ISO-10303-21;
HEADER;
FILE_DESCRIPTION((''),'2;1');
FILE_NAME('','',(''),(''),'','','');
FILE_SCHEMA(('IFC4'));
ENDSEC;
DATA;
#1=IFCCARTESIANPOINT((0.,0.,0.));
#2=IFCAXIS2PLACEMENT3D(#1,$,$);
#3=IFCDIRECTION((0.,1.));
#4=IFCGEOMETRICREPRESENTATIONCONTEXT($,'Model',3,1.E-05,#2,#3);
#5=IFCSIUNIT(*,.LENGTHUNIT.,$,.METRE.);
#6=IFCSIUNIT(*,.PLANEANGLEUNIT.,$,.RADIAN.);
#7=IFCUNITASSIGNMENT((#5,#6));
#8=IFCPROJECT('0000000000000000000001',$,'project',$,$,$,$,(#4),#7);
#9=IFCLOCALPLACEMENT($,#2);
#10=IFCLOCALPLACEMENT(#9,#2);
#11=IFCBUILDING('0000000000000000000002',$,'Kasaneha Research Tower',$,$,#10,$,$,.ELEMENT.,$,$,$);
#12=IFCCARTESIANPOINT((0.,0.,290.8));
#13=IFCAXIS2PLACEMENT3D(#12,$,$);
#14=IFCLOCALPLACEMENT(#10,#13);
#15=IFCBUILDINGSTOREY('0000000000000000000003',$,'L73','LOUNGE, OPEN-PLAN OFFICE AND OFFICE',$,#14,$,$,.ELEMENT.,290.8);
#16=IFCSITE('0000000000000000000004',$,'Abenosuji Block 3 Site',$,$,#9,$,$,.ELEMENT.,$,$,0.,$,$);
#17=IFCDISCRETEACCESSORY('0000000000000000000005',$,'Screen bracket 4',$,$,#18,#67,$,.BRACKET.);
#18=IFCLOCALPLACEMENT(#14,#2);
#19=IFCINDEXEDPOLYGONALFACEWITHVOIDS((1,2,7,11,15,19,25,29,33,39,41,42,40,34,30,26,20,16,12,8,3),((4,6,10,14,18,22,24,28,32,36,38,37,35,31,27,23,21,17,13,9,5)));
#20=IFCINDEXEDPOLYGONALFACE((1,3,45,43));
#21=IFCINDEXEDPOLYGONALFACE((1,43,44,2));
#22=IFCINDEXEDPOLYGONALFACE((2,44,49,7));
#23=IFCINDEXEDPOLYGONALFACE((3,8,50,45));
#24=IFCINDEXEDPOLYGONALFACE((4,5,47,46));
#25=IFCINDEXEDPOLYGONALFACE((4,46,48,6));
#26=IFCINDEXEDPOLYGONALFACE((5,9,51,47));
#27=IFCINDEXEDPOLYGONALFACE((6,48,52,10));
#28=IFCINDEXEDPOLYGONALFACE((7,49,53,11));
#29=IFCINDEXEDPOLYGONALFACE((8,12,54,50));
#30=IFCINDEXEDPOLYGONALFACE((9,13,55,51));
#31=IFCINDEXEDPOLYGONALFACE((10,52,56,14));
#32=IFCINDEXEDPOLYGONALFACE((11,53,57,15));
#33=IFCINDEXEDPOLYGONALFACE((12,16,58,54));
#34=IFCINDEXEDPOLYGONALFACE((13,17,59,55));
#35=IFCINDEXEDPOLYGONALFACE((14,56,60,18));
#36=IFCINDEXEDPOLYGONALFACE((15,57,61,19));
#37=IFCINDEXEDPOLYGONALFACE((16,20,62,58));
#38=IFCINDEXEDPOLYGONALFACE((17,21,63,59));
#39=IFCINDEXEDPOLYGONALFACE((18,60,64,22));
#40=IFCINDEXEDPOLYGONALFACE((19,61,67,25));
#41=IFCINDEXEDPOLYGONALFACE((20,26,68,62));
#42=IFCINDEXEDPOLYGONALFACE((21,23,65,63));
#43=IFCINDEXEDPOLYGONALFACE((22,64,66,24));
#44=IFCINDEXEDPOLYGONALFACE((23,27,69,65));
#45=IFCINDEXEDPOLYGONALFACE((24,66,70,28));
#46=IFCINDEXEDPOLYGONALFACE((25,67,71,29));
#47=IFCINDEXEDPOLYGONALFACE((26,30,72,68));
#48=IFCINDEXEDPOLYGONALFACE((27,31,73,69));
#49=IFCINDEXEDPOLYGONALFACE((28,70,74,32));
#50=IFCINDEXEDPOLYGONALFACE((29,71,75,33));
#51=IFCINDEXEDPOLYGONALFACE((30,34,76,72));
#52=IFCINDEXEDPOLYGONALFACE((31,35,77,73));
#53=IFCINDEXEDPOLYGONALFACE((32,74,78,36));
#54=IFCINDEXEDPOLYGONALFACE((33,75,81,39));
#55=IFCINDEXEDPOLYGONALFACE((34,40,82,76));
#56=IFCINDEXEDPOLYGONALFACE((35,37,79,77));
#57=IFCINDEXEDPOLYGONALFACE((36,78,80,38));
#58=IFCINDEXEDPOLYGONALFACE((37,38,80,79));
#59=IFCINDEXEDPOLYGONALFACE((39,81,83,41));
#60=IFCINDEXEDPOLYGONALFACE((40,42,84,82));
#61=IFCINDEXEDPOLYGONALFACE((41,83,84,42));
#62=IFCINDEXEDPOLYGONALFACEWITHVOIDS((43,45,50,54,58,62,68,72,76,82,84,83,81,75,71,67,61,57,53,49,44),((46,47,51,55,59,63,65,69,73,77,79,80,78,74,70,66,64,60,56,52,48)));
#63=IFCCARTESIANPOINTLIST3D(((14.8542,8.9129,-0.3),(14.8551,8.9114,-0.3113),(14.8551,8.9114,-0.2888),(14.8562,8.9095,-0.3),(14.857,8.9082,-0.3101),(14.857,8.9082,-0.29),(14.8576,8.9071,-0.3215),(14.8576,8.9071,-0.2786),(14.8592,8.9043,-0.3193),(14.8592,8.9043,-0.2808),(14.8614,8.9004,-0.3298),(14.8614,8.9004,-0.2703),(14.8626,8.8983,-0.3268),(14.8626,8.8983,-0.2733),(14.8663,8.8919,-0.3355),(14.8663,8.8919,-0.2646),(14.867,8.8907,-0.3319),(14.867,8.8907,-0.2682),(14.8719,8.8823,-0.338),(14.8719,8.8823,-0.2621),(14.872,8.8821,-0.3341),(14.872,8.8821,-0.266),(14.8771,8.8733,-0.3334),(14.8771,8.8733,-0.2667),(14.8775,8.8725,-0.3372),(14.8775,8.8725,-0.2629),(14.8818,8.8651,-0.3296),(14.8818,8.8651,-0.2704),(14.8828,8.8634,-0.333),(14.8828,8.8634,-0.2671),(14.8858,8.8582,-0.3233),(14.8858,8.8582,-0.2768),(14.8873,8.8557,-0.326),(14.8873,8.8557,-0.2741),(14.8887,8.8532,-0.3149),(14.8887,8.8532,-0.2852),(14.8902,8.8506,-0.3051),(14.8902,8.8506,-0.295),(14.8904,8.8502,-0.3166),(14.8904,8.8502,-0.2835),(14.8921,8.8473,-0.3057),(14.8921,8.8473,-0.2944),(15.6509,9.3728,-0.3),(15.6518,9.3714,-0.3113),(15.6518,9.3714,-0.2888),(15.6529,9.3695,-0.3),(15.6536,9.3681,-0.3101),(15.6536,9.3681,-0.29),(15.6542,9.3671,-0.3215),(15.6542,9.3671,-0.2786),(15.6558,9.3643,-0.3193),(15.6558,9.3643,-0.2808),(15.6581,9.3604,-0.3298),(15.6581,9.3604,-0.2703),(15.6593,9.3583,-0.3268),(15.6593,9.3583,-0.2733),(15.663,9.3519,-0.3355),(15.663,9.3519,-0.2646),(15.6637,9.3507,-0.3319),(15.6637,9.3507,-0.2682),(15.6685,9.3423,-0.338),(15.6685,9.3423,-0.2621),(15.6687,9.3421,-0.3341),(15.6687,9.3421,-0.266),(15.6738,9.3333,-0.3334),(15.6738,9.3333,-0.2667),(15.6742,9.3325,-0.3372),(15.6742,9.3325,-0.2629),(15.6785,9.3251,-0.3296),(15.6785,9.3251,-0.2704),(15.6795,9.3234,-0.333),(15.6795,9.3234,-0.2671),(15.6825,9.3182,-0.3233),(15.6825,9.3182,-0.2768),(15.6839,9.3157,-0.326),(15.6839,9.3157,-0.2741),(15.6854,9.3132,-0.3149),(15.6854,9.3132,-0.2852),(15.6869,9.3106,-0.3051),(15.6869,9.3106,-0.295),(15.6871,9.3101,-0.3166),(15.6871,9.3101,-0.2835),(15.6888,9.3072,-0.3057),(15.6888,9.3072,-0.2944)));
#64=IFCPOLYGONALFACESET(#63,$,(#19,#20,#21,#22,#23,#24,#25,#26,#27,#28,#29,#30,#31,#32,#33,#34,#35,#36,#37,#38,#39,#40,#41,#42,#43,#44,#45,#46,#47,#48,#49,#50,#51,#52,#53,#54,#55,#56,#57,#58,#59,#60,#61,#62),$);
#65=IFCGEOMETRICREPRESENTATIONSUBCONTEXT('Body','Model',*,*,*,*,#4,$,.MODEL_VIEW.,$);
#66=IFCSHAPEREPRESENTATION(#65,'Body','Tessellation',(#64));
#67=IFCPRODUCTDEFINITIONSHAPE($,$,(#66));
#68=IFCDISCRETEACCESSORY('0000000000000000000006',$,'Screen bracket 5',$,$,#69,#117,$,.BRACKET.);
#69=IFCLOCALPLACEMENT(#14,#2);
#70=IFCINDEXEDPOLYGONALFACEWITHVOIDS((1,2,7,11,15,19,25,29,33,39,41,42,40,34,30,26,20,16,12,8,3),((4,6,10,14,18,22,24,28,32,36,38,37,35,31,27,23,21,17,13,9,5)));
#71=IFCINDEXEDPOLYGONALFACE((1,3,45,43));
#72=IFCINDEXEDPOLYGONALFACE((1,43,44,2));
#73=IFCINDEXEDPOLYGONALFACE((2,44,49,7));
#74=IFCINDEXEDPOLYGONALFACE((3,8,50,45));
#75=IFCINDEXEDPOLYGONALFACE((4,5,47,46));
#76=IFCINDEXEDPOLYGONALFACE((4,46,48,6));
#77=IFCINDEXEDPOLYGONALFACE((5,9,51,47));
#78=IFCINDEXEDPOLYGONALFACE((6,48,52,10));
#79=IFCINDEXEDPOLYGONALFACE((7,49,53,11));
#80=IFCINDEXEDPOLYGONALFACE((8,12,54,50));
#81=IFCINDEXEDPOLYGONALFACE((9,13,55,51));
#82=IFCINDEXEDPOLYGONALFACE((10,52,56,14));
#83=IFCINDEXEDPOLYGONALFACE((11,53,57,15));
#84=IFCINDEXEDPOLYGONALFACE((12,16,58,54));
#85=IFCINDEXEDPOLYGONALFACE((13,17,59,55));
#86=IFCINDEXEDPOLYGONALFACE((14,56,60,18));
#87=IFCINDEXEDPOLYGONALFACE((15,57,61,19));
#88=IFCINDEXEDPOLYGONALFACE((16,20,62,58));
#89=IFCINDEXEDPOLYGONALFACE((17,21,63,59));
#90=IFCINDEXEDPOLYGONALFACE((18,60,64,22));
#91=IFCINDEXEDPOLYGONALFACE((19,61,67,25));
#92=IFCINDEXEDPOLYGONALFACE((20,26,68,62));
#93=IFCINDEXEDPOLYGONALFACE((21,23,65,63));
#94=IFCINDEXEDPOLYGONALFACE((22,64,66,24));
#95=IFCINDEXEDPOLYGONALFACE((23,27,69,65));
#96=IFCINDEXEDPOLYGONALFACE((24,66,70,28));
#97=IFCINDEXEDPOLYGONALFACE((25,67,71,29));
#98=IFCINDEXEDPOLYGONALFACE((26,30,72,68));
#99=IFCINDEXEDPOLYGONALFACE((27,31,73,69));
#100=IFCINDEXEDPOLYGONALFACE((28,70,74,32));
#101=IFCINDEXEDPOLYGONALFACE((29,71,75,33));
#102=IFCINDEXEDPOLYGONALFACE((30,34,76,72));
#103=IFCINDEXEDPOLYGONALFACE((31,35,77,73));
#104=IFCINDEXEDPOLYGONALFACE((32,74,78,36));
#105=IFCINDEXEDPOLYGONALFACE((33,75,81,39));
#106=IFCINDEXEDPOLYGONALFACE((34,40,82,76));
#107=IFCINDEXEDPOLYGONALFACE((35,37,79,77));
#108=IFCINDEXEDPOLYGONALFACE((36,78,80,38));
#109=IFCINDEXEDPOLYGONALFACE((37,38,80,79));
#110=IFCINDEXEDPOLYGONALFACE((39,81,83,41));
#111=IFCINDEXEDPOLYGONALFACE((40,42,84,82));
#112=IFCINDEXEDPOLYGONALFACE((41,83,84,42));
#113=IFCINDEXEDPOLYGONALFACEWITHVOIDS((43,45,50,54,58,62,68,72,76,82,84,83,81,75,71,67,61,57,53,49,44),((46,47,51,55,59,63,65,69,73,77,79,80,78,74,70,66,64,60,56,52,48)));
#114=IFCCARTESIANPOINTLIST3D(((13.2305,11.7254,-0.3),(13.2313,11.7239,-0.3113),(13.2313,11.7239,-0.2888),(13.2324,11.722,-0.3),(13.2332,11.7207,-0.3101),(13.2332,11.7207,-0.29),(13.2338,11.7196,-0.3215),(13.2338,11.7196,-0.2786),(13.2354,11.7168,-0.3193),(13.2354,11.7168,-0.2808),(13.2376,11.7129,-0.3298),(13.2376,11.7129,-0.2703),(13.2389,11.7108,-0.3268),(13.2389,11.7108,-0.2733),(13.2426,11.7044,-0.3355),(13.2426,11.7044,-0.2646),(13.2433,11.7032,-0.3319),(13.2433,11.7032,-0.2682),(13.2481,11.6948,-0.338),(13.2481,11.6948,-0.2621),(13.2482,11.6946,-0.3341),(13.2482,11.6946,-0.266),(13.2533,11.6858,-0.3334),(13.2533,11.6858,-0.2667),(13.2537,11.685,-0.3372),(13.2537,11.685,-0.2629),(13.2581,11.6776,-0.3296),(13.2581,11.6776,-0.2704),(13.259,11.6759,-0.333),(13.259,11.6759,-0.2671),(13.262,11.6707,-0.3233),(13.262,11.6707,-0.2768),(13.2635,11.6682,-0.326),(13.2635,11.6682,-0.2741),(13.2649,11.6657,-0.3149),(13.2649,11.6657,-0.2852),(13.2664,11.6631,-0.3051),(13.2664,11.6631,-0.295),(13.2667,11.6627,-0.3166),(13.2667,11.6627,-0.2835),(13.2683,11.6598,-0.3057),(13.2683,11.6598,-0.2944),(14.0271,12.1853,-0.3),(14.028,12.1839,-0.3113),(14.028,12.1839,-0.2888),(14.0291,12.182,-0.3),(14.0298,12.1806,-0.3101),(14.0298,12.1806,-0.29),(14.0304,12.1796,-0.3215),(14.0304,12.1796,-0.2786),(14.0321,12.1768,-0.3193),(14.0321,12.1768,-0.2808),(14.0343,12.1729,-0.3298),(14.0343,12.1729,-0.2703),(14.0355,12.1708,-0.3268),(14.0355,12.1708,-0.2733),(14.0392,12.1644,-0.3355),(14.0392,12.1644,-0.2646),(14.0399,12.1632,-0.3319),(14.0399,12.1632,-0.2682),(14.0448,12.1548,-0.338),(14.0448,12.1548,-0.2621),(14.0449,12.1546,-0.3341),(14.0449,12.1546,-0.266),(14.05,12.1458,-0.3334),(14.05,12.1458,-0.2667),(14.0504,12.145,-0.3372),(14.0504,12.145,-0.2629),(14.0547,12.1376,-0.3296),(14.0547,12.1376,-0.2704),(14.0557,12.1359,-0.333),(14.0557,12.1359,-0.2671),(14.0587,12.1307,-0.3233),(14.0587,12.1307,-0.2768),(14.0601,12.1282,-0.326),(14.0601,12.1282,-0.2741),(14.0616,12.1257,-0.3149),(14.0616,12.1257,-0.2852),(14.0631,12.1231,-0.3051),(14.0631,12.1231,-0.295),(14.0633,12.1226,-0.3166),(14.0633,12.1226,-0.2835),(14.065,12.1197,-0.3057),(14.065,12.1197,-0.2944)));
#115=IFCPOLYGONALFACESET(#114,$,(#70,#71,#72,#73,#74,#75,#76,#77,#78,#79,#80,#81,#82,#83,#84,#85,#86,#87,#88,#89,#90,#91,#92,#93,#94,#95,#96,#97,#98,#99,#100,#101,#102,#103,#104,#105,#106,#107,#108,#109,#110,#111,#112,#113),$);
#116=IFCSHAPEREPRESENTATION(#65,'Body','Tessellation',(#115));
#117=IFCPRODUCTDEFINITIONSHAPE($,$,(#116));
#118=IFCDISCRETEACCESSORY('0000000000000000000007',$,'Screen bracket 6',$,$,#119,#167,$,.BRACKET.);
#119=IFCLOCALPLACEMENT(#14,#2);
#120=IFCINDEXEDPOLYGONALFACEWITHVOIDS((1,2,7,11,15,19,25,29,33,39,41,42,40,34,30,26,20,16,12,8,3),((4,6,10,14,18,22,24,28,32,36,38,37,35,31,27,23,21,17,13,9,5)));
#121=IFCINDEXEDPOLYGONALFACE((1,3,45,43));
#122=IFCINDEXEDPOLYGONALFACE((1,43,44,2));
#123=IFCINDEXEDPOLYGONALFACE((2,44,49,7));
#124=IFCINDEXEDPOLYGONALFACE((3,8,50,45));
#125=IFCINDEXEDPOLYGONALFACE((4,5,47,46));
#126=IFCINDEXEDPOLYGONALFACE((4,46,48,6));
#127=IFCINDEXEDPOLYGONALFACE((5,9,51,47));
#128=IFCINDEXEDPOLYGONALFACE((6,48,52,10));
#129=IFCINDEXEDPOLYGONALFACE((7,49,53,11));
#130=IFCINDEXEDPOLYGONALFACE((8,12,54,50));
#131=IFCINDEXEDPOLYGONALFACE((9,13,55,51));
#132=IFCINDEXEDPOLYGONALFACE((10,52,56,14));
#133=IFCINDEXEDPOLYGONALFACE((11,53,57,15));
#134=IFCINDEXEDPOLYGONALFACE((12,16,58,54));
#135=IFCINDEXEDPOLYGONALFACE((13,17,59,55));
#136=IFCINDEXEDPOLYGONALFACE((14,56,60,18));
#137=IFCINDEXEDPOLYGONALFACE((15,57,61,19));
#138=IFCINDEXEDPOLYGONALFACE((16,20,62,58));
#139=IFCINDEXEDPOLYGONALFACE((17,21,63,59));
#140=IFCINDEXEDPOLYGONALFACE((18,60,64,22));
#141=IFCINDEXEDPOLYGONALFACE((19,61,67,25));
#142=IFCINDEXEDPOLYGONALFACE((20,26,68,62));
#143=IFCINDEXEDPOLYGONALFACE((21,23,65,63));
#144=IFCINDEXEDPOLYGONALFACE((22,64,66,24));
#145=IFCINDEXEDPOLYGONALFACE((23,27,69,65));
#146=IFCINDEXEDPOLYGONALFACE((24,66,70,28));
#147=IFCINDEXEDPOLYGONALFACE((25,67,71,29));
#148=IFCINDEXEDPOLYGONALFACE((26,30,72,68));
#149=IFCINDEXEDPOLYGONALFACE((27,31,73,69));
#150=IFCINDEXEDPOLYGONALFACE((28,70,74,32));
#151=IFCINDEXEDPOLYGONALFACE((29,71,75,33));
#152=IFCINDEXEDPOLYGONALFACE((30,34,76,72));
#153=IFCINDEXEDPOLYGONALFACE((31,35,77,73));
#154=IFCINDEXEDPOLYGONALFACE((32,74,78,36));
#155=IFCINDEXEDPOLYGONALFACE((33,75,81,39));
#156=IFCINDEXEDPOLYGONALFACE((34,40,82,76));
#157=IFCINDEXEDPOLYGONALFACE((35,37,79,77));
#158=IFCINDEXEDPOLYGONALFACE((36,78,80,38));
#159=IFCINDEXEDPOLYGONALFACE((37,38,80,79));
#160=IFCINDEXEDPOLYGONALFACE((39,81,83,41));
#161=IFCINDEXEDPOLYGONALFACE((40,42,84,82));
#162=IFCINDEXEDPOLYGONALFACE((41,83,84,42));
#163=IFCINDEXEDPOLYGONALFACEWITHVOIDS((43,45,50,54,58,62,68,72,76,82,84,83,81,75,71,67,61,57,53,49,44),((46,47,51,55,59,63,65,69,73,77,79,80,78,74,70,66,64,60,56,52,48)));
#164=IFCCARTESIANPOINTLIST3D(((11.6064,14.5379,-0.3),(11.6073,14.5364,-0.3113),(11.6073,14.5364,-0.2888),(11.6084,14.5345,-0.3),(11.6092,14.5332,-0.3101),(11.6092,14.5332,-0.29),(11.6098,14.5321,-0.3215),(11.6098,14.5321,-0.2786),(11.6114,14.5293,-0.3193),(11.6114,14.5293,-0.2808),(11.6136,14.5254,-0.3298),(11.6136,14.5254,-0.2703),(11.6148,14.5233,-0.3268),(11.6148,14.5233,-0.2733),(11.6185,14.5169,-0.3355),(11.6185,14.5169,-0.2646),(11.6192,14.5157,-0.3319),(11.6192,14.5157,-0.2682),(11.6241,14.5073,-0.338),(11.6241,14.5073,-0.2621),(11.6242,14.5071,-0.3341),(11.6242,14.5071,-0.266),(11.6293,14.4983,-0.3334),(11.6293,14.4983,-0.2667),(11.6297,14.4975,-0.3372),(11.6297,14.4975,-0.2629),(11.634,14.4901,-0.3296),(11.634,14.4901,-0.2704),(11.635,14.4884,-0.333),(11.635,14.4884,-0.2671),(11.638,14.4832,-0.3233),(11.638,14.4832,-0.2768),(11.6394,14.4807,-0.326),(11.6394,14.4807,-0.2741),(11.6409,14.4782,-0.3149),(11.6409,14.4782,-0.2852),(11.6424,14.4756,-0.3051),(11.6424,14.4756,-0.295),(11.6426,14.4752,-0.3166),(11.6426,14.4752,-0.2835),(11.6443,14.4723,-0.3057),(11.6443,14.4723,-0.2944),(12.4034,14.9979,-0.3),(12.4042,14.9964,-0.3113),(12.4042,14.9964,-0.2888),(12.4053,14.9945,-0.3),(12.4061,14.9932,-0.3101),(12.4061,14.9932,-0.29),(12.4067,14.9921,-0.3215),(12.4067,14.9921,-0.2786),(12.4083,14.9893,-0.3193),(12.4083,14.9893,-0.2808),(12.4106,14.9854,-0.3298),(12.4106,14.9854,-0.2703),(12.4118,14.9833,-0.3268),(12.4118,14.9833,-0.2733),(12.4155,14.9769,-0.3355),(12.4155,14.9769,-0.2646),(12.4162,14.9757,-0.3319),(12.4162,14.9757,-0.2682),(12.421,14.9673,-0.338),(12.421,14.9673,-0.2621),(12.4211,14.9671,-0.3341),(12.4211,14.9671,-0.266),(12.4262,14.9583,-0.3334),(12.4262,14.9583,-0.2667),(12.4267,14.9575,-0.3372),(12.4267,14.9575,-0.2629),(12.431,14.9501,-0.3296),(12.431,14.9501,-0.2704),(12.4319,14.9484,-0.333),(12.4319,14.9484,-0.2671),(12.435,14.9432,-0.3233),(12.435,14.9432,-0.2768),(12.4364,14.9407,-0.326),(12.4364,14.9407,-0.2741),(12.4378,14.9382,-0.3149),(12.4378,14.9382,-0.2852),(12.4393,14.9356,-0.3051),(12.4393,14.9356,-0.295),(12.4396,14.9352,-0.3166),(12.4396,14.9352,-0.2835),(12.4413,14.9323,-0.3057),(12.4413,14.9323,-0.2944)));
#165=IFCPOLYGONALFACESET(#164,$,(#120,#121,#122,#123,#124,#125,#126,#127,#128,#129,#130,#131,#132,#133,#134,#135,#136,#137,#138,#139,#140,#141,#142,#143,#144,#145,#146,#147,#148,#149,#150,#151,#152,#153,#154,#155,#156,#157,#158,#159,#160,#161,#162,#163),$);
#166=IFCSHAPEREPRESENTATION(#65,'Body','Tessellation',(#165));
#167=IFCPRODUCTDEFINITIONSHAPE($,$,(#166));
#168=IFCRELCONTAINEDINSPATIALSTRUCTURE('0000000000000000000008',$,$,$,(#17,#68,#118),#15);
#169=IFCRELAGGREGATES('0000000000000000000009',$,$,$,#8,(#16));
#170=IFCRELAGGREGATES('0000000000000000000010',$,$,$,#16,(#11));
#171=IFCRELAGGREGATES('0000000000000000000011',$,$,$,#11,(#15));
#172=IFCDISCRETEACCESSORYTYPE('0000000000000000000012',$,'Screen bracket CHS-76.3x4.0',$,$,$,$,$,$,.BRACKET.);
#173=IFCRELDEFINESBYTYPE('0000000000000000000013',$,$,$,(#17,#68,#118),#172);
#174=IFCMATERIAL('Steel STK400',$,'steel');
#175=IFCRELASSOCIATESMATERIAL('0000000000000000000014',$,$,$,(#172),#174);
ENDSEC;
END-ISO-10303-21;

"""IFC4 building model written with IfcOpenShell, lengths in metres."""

from ifc_helpers import new_model, si_unit, direction, frame, origin, origin_2d, place, context, subcontext, project, spatial, hollow_circle, extrude, material, material_profile, profile_set, type_object, element, save


model = new_model("IFC4")

# Units and contexts
model_context = context("Model", 3, precision=1e-05, world=origin(), true_north=direction((0.0, 1.0)))
body_context = subcontext(model_context, "Body", "Model", "MODEL_VIEW")
ifc_project = project(units=[si_unit("LENGTHUNIT", "METRE"), si_unit("PLANEANGLEUNIT", "RADIAN")], contexts=[model_context])

# Site, building, storey
site_placement = place(None, origin())
site = spatial("IfcSite", under=ifc_project, at=site_placement, Name="Abenosuji Block 3 Site", CompositionType="ELEMENT", RefElevation=0.0)
building_placement = place(site_placement, origin())
building = spatial("IfcBuilding", under=site, at=building_placement, Name="Kasaneha Research Tower", CompositionType="ELEMENT")
storey_placement = place(building_placement, frame((0.0, 0.0, 290.8)))
storey = spatial("IfcBuildingStorey", under=building, at=storey_placement, Name="L73", Description="LOUNGE, OPEN-PLAN OFFICE AND OFFICE", CompositionType="ELEMENT", Elevation=290.8)

# Discrete accessories
ifc_material_1 = material(Name="Steel STK400", Category="steel")
ifc_material_profile_1 = material_profile(ifc_material_1, hollow_circle(Radius=0.0381, WallThickness=0.0039, at=origin_2d()), Name="CHS-76.3x4.0")
ifc_profile_set_1 = profile_set([ifc_material_profile_1], Name="Steel STK400")
discrete_accessory_type = type_object("IfcDiscreteAccessoryType", Name="Screen bracket CHS-76.3x4.0", PredefinedType="BRACKET", material=ifc_profile_set_1)
for number, where, z_axis, x_axis, name in (
    (1, (14.8733, 8.8799, -0.3), (0.866013, 0.500021, 0.0), (-0.500021, 0.866013, 0.0), "Screen bracket 4"),
    (2, (13.2495, 11.6924, -0.3), (0.866013, 0.500021, 0.0), (-0.500021, 0.866013, 0.0), "Screen bracket 5"),
):
    element("IfcDiscreteAccessory", number, at=place(storey_placement, frame(where, z_axis=z_axis, x_axis=x_axis)), inside=storey, type_object=discrete_accessory_type, Name=name, PredefinedType="BRACKET", context=body_context, shape_type="SweptSolid", body=[
        extrude(hollow_circle(Radius=0.0381, WallThickness=0.0039, at=origin_2d()), origin(), (0.0, 0.0, 1.0), 0.9199),
    ])
discrete_accessory_placement = place(storey_placement, frame((11.6255, 14.5049, -0.3), z_axis=(0.86608, 0.499906, 0.0), x_axis=(-0.499906, 0.86608, 0.0)))
element("IfcDiscreteAccessory", 3, at=discrete_accessory_placement, inside=storey, type_object=discrete_accessory_type, Name="Screen bracket 6", PredefinedType="BRACKET", context=body_context, shape_type="SweptSolid", body=[
    extrude(hollow_circle(Radius=0.0381, WallThickness=0.0039, at=origin_2d()), origin(), (0.0, 0.0, 1.0), 0.9202),
])

save(model, "model.ifc")
